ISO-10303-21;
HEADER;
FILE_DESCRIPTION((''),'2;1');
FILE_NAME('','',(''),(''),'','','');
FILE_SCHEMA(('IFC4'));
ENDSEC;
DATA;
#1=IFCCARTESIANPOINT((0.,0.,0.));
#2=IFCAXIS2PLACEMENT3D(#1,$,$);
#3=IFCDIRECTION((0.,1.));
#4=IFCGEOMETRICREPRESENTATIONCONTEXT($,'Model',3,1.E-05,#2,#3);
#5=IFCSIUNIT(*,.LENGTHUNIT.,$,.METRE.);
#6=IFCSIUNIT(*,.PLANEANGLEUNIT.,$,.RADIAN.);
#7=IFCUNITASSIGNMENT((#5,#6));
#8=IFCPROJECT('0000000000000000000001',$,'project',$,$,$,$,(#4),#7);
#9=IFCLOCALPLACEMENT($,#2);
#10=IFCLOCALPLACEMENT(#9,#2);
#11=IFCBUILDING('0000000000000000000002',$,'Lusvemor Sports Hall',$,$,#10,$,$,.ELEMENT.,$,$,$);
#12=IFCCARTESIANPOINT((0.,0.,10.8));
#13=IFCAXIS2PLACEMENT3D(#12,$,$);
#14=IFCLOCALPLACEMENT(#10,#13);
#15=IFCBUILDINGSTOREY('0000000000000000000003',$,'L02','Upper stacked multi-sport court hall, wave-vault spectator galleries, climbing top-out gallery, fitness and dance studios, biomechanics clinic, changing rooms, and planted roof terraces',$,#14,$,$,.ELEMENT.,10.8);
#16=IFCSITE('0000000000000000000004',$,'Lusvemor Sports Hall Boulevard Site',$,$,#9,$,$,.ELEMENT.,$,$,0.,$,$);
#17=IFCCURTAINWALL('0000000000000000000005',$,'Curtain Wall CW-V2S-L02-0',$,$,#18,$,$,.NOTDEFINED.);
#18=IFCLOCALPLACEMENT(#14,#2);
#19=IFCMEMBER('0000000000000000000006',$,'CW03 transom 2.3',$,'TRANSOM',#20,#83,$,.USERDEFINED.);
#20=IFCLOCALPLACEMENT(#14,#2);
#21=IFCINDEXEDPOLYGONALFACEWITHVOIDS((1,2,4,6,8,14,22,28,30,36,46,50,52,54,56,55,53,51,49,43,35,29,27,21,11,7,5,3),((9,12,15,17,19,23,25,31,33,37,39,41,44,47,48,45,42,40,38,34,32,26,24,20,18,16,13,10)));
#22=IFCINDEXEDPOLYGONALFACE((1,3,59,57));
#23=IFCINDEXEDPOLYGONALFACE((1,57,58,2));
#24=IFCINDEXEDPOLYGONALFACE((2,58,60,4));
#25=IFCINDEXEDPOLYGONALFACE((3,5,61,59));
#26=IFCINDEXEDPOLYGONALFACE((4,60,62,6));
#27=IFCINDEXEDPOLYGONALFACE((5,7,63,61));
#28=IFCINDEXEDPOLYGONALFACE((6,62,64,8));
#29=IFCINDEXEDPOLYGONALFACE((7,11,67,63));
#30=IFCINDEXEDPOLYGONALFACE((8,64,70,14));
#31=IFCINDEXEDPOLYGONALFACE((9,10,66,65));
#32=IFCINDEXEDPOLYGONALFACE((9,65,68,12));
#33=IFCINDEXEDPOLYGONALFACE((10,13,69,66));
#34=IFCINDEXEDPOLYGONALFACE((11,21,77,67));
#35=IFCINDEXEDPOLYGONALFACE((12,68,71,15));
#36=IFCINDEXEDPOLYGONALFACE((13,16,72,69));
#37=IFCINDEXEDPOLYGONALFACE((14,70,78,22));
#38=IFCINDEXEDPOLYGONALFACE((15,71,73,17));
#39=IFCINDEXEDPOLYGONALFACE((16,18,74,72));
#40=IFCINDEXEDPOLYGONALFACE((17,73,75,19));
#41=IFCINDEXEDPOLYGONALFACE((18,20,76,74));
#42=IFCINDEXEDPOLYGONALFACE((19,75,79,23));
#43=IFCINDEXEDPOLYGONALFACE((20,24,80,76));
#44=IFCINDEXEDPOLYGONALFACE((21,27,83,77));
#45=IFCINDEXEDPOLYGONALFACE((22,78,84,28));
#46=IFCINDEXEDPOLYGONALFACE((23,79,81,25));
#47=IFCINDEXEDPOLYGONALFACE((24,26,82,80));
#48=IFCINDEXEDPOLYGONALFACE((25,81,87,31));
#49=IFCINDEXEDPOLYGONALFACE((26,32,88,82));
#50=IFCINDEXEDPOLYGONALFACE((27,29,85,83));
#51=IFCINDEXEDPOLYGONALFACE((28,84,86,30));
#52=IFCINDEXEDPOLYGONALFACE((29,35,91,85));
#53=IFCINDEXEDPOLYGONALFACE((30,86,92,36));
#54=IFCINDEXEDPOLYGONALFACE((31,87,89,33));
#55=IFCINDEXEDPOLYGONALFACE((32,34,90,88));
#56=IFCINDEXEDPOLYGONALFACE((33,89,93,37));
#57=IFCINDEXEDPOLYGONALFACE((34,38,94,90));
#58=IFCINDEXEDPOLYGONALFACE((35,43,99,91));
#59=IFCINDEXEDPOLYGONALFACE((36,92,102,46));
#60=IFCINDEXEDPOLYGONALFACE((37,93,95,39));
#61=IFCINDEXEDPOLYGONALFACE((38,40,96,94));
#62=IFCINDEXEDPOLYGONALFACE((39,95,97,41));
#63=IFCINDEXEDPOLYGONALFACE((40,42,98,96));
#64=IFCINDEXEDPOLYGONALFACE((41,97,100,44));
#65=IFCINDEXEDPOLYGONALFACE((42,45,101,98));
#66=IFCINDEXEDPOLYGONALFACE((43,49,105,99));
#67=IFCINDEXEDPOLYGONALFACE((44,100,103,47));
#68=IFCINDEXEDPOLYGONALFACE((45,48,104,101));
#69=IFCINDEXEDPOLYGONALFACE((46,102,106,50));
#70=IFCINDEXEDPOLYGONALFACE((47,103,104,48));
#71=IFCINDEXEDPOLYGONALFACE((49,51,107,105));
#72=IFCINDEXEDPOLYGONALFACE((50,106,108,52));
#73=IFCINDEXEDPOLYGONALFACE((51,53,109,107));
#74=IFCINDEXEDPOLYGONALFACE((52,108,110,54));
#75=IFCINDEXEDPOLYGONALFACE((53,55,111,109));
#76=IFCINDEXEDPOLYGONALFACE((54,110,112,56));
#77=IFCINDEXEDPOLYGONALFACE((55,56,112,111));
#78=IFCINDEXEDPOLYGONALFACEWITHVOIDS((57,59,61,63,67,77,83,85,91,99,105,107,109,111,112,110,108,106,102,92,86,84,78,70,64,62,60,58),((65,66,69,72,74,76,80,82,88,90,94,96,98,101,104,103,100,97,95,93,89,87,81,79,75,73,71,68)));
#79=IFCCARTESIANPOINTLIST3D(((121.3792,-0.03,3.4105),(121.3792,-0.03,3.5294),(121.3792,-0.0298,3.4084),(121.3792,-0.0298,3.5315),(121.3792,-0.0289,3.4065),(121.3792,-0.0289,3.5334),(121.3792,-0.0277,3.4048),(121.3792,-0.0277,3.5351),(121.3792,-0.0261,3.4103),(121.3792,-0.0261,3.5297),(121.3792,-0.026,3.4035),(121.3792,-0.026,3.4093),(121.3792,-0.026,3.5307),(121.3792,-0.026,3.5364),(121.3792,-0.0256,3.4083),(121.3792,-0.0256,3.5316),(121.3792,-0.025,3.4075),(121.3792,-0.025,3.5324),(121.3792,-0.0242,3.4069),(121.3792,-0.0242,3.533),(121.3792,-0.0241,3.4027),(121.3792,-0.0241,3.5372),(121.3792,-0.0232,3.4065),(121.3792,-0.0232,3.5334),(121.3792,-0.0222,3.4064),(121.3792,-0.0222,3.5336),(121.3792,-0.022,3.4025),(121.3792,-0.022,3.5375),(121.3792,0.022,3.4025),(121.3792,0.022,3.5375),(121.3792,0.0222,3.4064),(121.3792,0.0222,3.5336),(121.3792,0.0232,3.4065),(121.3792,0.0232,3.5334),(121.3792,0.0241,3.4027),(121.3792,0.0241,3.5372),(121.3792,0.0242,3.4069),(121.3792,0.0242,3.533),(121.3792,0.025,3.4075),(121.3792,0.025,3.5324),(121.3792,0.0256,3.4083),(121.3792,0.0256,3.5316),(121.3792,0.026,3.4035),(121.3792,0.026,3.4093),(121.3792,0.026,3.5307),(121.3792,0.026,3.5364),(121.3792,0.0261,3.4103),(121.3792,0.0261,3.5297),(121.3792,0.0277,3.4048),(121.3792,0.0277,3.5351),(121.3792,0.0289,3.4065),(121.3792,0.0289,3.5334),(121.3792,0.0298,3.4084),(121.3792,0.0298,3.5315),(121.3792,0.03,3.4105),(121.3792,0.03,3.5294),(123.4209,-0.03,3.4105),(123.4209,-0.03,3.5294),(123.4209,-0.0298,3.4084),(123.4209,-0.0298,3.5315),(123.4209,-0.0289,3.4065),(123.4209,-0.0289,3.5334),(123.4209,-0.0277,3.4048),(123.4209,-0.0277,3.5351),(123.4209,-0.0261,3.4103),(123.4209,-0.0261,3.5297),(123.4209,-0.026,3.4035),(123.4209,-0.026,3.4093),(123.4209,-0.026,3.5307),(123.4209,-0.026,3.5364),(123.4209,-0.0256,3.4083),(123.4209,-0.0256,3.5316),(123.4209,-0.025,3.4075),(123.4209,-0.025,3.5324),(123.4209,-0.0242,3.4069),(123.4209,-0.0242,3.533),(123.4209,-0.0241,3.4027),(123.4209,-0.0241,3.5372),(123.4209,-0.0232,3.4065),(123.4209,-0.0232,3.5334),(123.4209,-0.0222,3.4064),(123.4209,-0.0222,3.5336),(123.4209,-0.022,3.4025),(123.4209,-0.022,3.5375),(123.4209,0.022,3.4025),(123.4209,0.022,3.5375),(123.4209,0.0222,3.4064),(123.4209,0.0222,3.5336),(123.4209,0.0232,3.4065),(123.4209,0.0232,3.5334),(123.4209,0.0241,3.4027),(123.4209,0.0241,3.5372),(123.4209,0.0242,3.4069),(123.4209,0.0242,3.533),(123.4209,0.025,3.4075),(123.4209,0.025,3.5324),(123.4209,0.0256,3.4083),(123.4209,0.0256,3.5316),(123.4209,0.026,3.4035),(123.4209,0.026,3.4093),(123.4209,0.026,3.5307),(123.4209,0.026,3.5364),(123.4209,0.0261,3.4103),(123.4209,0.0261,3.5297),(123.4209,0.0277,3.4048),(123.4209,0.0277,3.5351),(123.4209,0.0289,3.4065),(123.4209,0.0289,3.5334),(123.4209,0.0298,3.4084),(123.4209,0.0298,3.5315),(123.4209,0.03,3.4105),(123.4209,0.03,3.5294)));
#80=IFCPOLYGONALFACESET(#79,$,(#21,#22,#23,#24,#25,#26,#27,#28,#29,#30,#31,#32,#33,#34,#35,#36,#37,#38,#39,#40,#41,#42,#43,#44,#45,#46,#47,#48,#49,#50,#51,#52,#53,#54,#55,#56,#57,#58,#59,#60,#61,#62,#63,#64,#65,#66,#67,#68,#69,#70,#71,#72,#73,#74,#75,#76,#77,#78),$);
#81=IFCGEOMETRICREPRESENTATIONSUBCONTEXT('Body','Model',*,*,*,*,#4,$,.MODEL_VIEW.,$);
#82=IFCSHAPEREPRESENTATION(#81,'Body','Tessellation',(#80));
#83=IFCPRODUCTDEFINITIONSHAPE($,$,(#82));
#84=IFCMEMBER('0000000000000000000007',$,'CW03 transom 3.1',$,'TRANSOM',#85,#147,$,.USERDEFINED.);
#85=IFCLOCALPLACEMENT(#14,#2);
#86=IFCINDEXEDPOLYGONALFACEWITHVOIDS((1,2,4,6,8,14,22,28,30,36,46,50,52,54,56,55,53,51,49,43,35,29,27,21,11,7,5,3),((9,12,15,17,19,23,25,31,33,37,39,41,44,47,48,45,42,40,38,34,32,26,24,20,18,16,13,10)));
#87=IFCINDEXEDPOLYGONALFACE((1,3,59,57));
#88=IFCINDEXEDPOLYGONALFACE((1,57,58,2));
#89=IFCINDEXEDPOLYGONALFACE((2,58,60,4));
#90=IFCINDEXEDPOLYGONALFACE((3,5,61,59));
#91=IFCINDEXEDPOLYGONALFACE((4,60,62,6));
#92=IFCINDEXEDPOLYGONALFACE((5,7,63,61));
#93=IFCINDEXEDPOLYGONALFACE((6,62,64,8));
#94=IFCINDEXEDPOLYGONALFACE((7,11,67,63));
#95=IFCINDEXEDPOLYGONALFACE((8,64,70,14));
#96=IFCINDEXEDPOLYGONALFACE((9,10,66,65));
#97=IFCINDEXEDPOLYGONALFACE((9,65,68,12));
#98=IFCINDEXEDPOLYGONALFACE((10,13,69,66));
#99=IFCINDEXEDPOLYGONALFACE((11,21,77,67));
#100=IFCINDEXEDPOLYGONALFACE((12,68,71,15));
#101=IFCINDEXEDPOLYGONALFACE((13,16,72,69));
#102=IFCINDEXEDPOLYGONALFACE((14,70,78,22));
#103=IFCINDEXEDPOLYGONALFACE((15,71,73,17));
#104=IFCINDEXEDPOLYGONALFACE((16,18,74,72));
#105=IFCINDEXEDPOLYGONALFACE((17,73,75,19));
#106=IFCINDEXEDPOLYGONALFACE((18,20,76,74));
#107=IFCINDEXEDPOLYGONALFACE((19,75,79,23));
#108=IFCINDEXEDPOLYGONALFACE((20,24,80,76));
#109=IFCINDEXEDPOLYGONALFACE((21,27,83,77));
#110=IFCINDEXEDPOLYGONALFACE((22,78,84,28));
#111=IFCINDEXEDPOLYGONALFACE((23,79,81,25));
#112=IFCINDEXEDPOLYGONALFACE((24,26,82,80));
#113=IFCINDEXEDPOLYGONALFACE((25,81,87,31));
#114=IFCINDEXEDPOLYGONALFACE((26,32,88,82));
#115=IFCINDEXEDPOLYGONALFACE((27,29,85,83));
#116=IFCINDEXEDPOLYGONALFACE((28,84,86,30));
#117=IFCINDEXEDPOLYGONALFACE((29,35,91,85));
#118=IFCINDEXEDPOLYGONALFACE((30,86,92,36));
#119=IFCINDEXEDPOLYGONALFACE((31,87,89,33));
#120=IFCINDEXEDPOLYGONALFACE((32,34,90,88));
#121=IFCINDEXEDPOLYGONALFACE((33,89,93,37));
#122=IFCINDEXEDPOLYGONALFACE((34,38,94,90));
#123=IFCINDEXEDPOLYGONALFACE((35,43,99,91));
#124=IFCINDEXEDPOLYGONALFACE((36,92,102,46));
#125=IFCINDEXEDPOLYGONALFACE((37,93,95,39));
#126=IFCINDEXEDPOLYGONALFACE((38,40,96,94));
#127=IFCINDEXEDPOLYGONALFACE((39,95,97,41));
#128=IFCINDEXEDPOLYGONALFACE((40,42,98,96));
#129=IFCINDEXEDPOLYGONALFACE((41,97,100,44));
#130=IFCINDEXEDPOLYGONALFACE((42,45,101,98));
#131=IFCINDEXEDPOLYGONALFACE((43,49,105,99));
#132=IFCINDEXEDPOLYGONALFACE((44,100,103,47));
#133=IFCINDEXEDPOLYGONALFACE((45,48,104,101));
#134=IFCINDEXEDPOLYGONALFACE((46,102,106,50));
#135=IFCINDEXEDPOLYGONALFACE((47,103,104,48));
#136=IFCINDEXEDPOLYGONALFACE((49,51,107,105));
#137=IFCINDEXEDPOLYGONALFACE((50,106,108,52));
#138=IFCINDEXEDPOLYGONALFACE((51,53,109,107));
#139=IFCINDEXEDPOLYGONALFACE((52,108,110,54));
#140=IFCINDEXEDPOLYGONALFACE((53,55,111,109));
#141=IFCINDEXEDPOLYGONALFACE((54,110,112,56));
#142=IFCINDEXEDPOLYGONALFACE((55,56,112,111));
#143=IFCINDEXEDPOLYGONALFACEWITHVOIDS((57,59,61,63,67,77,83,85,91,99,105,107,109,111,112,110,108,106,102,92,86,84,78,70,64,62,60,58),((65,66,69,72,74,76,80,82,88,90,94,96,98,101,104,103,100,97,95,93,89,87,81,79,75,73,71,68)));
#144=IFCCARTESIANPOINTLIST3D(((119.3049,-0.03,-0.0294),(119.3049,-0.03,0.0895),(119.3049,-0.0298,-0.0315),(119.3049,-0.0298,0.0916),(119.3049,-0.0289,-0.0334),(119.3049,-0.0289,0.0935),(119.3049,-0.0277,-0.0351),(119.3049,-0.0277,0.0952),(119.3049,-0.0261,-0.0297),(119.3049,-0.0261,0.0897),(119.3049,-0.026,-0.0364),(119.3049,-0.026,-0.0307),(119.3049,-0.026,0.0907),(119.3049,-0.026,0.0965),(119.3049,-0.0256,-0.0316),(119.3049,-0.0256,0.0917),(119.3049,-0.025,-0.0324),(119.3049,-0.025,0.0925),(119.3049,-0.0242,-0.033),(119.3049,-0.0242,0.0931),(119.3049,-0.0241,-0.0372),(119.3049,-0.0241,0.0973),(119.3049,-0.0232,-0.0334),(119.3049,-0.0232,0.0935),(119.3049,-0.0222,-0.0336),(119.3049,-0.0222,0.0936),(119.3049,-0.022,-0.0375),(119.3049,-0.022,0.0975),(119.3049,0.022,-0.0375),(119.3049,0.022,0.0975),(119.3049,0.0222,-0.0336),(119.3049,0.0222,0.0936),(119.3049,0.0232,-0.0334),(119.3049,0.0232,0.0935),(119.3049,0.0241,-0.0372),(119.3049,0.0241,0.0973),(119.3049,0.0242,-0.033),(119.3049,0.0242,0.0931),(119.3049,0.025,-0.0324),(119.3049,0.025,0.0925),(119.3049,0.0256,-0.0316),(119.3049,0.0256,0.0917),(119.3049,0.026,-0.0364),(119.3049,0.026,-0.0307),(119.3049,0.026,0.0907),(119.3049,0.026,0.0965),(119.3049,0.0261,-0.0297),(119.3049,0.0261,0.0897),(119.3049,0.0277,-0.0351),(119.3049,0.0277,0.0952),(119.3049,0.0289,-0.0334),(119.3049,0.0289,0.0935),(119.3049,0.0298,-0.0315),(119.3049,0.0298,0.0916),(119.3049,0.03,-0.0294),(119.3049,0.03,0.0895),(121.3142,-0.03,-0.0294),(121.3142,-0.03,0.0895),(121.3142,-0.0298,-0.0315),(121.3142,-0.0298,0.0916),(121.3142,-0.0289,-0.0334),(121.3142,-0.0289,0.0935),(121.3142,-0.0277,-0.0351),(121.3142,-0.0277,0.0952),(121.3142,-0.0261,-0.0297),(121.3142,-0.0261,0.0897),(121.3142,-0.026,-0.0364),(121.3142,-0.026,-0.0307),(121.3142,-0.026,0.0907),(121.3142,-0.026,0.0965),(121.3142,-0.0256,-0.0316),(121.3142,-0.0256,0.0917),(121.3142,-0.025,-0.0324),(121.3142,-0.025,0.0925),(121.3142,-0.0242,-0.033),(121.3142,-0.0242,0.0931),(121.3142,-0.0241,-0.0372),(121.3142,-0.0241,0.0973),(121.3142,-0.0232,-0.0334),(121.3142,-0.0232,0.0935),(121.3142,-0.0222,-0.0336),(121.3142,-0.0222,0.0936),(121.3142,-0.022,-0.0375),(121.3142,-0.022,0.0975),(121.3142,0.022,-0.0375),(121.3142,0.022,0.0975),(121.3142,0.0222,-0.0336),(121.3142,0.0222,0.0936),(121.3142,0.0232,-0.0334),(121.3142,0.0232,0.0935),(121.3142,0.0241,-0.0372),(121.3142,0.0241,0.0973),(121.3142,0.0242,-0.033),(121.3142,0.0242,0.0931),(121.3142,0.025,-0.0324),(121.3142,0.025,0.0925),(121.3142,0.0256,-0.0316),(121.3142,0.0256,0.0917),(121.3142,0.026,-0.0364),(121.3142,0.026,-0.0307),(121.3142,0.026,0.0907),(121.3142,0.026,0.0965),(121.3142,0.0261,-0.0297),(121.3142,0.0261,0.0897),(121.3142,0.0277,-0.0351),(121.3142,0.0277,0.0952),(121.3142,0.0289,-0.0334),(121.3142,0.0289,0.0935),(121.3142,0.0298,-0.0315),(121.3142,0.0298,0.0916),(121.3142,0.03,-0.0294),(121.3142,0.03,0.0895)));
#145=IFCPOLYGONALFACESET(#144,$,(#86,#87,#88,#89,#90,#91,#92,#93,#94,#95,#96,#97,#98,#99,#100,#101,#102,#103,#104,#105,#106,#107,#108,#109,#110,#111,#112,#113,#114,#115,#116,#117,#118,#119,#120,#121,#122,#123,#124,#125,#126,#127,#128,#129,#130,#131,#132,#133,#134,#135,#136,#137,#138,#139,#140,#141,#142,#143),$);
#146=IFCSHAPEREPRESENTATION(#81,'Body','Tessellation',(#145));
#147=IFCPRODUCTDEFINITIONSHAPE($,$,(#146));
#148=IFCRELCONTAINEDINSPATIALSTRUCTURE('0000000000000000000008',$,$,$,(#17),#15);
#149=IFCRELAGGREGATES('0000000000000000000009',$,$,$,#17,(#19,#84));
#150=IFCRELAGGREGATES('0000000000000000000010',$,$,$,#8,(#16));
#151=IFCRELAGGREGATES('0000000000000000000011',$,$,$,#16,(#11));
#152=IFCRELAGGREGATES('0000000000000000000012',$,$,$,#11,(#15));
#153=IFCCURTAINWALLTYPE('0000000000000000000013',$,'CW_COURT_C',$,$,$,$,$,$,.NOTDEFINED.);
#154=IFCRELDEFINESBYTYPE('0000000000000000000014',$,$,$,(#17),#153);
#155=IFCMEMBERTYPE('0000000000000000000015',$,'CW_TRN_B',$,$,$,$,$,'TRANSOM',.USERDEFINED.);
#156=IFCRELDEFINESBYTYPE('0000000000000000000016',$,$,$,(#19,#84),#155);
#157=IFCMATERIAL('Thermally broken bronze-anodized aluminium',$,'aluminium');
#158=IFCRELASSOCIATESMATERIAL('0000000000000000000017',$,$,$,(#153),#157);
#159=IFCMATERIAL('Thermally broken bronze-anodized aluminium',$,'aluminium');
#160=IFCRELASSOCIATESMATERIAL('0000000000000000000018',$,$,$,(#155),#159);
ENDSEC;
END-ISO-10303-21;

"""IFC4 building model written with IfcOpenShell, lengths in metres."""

from ifc_helpers import new_model, si_unit, direction, frame, origin, origin_2d, place, context, subcontext, project, spatial, hollow_rectangle, extrude, material, material_profile, profile_set, type_object, element, aggregate, save


model = new_model("IFC4")

# Units and contexts
model_context = context("Model", 3, precision=1e-05, world=origin(), true_north=direction((0.0, 1.0)))
body_context = subcontext(model_context, "Body", "Model", "MODEL_VIEW")
ifc_project = project(units=[si_unit("LENGTHUNIT", "METRE"), si_unit("PLANEANGLEUNIT", "RADIAN")], contexts=[model_context])

# Site, building, storey
site_placement = place(None, origin())
site = spatial("IfcSite", under=ifc_project, at=site_placement, Name="Lusvemor Sports Hall Boulevard Site", CompositionType="ELEMENT", RefElevation=0.0)
building_placement = place(site_placement, origin())
building = spatial("IfcBuilding", under=site, at=building_placement, Name="Lusvemor Sports Hall", CompositionType="ELEMENT")
storey_placement = place(building_placement, frame((0.0, 0.0, 10.8)))
storey = spatial("IfcBuildingStorey", under=building, at=storey_placement, Name="L02", Description="Upper stacked multi-sport court hall, wave-vault spectator galleries, climbing top-out gallery, fitness and dance studios, biomechanics clinic, changing rooms, and planted roof terraces", CompositionType="ELEMENT", Elevation=10.8)

# Curtain wall, members
ifc_material_1 = material(Name="Thermally broken bronze-anodized aluminium", Category="aluminium")
curtain_wall_type = type_object("IfcCurtainWallType", Name="CW_COURT_C", PredefinedType="NOTDEFINED", material=ifc_material_1)
curtain_wall_placement = place(storey_placement, origin())
curtain_wall = element("IfcCurtainWall", 1, at=curtain_wall_placement, inside=storey, type_object=curtain_wall_type, Name="Curtain Wall CW-V2S-L02-0", PredefinedType="NOTDEFINED")
ifc_material_2 = material(Name="Thermally broken bronze-anodized aluminium", Category="aluminium")
ifc_material_profile_1 = material_profile(ifc_material_2, hollow_rectangle(XDim=0.0601, YDim=0.135, WallThickness=0.0039, InnerFilletRadius=0.0039, OuterFilletRadius=0.0081, at=origin_2d()), Name="CWTRN135x60x4")
ifc_profile_set_1 = profile_set([ifc_material_profile_1], Name="Thermally broken bronze-anodized aluminium")
member_type_1 = type_object("IfcMemberType", Name="CW_TRN_B", ElementType="TRANSOM", PredefinedType="USERDEFINED", material=ifc_profile_set_1)
member_1_placement = place(storey_placement, frame((123.4209, 0.0, 3.47), z_axis=(-1.0, 0.0, 0.0), x_axis=(0.0, -1.0, 0.0)))
member_1 = element("IfcMember", 2, at=member_1_placement, type_object=member_type_1, Name="CW03 transom 2.3", ObjectType="TRANSOM", PredefinedType="USERDEFINED", context=body_context, shape_type="SweptSolid", body=[
    extrude(hollow_rectangle(XDim=0.0601, YDim=0.135, WallThickness=0.0039, InnerFilletRadius=0.0039, OuterFilletRadius=0.0081, at=origin_2d()), origin(), (0.0, 0.0, 1.0), 2.0417),
])
member_2_placement = place(storey_placement, frame((121.3142, 0.0, 0.03), z_axis=(-1.0, 0.0, 0.0), x_axis=(0.0, -1.0, 0.0)))
member_2 = element("IfcMember", 3, at=member_2_placement, type_object=member_type_1, Name="CW03 transom 3.1", ObjectType="TRANSOM", PredefinedType="USERDEFINED", context=body_context, shape_type="SweptSolid", body=[
    extrude(hollow_rectangle(XDim=0.0601, YDim=0.135, WallThickness=0.0039, InnerFilletRadius=0.0039, OuterFilletRadius=0.0081, at=origin_2d()), origin(), (0.0, 0.0, 1.0), 2.0093),
])

aggregate(curtain_wall, [member_1, member_2])

save(model, "model.ifc")
